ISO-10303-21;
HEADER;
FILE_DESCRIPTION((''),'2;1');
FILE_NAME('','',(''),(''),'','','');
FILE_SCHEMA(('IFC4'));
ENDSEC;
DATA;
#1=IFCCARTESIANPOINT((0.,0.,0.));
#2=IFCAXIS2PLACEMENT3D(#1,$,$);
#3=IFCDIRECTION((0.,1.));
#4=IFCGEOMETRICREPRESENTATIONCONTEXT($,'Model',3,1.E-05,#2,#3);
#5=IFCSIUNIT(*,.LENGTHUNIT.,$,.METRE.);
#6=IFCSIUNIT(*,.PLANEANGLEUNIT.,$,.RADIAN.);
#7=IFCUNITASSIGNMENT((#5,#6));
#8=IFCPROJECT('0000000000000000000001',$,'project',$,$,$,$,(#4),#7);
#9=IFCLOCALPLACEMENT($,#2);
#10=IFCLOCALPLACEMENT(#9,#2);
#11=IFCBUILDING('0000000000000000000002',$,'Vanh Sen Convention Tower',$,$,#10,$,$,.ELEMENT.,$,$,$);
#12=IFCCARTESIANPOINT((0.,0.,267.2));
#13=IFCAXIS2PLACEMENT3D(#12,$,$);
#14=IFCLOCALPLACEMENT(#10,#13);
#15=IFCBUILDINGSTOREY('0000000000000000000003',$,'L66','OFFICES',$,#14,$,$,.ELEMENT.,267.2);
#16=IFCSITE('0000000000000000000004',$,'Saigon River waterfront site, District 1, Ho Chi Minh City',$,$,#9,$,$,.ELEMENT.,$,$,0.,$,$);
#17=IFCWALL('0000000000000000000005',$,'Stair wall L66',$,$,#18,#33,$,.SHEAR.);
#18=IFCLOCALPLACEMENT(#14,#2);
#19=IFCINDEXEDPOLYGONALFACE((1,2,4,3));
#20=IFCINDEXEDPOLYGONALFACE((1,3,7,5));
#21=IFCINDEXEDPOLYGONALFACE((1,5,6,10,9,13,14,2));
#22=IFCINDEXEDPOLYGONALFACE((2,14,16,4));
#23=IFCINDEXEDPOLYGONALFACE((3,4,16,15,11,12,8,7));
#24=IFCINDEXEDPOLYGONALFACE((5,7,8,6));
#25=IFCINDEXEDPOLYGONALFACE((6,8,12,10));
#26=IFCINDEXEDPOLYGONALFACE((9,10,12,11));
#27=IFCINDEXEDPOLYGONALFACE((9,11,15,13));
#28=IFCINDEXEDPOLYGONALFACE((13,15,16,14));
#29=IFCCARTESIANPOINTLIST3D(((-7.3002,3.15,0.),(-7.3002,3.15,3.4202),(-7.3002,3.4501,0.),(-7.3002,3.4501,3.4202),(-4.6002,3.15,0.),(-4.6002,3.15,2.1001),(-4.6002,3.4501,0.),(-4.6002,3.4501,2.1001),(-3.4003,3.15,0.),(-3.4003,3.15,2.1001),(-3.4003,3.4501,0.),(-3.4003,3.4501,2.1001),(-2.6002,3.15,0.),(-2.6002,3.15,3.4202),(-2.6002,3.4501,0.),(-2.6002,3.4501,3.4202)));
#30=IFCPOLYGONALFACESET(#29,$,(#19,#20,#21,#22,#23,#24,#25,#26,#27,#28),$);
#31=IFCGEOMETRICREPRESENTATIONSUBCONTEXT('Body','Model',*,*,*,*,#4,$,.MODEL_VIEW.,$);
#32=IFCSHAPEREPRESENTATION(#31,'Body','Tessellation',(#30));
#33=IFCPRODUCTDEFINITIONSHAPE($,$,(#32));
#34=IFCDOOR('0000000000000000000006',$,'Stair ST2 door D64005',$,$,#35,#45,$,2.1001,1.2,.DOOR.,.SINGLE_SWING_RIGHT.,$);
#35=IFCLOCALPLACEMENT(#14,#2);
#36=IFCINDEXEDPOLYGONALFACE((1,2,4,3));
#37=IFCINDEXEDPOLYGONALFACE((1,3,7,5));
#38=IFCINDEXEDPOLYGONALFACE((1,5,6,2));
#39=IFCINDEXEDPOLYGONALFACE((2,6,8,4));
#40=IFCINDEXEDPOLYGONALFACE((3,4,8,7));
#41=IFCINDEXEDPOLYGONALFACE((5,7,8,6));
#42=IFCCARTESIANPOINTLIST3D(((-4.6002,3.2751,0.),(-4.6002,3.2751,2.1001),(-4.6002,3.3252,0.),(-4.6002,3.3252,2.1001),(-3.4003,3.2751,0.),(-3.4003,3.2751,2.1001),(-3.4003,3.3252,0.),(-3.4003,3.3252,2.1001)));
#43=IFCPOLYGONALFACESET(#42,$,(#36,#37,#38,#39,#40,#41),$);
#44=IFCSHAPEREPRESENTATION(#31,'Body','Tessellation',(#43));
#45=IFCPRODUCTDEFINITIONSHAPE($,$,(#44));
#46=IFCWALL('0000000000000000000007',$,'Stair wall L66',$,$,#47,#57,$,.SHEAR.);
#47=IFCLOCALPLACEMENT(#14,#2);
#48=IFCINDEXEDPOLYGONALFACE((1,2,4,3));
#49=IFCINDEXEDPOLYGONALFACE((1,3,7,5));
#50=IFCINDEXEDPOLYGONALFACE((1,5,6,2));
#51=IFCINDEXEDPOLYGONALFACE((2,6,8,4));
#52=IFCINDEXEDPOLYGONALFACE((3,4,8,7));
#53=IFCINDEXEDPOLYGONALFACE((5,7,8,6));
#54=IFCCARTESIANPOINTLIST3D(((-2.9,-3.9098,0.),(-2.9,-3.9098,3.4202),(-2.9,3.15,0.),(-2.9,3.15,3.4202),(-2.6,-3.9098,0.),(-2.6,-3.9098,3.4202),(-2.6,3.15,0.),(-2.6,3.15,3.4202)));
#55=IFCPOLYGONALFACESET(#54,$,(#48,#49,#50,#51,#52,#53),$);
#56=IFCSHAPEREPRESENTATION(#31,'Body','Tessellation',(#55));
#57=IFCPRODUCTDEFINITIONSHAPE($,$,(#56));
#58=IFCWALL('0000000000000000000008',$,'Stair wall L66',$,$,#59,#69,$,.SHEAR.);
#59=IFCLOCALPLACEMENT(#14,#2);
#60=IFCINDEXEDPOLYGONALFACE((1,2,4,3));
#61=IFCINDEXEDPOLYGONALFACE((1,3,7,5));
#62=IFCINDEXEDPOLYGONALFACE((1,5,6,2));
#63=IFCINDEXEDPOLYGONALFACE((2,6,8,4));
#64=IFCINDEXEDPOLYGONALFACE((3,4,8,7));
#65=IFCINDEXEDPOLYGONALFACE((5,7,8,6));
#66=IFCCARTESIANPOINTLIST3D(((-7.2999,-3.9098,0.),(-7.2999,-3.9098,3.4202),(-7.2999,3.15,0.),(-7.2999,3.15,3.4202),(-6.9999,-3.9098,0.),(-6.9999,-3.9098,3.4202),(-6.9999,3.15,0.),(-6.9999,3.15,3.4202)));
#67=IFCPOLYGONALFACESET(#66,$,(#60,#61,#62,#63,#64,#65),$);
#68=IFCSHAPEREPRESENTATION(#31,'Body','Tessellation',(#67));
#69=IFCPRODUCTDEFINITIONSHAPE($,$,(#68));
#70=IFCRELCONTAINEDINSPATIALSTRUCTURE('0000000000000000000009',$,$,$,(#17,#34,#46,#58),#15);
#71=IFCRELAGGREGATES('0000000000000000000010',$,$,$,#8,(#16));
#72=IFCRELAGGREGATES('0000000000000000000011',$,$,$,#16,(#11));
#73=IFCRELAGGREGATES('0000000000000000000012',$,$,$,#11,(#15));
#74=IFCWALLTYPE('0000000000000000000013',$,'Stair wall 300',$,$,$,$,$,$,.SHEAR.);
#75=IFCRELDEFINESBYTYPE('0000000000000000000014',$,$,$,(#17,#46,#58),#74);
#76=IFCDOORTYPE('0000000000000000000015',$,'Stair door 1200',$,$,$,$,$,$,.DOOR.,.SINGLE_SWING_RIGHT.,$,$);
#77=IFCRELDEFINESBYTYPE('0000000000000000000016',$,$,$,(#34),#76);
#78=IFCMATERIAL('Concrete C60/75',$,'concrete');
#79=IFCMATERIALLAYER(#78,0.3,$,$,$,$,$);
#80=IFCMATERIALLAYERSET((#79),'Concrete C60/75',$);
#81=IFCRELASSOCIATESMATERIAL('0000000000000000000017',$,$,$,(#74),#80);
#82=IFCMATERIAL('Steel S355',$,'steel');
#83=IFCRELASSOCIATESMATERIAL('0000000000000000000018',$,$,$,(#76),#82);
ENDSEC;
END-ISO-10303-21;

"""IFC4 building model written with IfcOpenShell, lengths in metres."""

from ifc_helpers import new_model, si_unit, direction, frame, frame_2d, origin, place, context, subcontext, project, spatial, rectangle, extrude, material, layer, layer_set, type_object, element, fill, save


model = new_model("IFC4")

# Units and contexts
model_context = context("Model", 3, precision=1e-05, world=origin(), true_north=direction((0.0, 1.0)))
body_context = subcontext(model_context, "Body", "Model", "MODEL_VIEW")
ifc_project = project(units=[si_unit("LENGTHUNIT", "METRE"), si_unit("PLANEANGLEUNIT", "RADIAN")], contexts=[model_context])

# Site, building, storey
site_placement = place(None, origin())
site = spatial("IfcSite", under=ifc_project, at=site_placement, Name="Saigon River waterfront site, District 1, Ho Chi Minh City", CompositionType="ELEMENT", RefElevation=0.0)
building_placement = place(site_placement, origin())
building = spatial("IfcBuilding", under=site, at=building_placement, Name="Vanh Sen Convention Tower", CompositionType="ELEMENT")
storey_placement = place(building_placement, frame((0.0, 0.0, 267.2)))
storey = spatial("IfcBuildingStorey", under=building, at=storey_placement, Name="L66", Description="OFFICES", CompositionType="ELEMENT", Elevation=267.2)

# Shared definitions
ifc_material_1 = material(Name="Concrete C60/75", Category="concrete")

# Shared definitions
ifc_material_2 = material(Name="Steel S355", Category="steel")

# Shared definitions
ifc_layer_1 = layer(ifc_material_1, 0.3)
ifc_layer_set_1 = layer_set([ifc_layer_1], Name="Concrete C60/75")
wall_type_1 = type_object("IfcWallType", Name="Stair wall 300", PredefinedType="SHEAR", material=ifc_layer_set_1)

# Wall, opening, door
wall_1_placement = place(storey_placement, frame((-2.6001, 3.3, 0.0), z_axis=(0.0, 0.0, 1.0), x_axis=(-1.0, 0.0, 0.0)))
wall_1 = element("IfcWall", 1, at=wall_1_placement, inside=storey, type_object=wall_type_1, Name="Stair wall L66", PredefinedType="SHEAR", context=body_context, shape_type="SweptSolid", body=[
    extrude(rectangle(XDim=4.7, YDim=0.3, at=frame_2d((2.3501, 0.0))), origin(), (0.0, 0.0, 1.0), 3.4202),
])
opening_1_placement = place(wall_1_placement, frame((0.8, 0.0, 0.0)))
opening_1 = element("IfcOpeningElement", 2, at=opening_1_placement, cuts=wall_1, PredefinedType="OPENING", context=body_context, shape_type="SweptSolid", body=[
    extrude(rectangle(XDim=1.2, YDim=2.1001, at=frame_2d((0.6001, 1.05))), frame((0.0, 0.1599, 0.0), z_axis=(0.0, -1.0, 0.0), x_axis=(1.0, 0.0, 0.0)), (0.0, 0.0, 1.0), 0.3201),
])
door_type_1 = type_object("IfcDoorType", Name="Stair door 1200", OperationType="SINGLE_SWING_RIGHT", PredefinedType="DOOR", material=ifc_material_2)
door_1_placement = place(opening_1_placement, origin())
door_1 = element("IfcDoor", 3, at=door_1_placement, inside=storey, type_object=door_type_1, Name="Stair ST2 door D64005", OperationType="SINGLE_SWING_RIGHT", OverallHeight=2.1001, OverallWidth=1.2, PredefinedType="DOOR", context=body_context, shape_type="SweptSolid", body=[
    extrude(rectangle(XDim=1.2, YDim=2.1001, at=frame_2d((0.6001, 1.05))), frame((0.0, 0.0249, 0.0), z_axis=(0.0, -1.0, 0.0), x_axis=(1.0, 0.0, 0.0)), (0.0, 0.0, 1.0), 0.05),
])
fill(opening_1, door_1)

# Walls
for number, where, z_axis, x_axis, name in (
    (4, (-2.75, 3.1499, 0.0), (0.0, 0.0, 1.0), (0.0, -1.0, 0.0), "Stair wall L66"),
    (5, (-7.1499, 3.1499, 0.0), (0.0, 0.0, 1.0), (0.0, -1.0, 0.0), "Stair wall L66"),
):
    element("IfcWall", number, at=place(storey_placement, frame(where, z_axis=z_axis, x_axis=x_axis)), inside=storey, type_object=wall_type_1, Name=name, PredefinedType="SHEAR", context=body_context, shape_type="SweptSolid", body=[
        extrude(rectangle(XDim=7.0598, YDim=0.3, at=frame_2d((3.5298, 0.0))), origin(), (0.0, 0.0, 1.0), 3.4202),
    ])

save(model, "model.ifc")
